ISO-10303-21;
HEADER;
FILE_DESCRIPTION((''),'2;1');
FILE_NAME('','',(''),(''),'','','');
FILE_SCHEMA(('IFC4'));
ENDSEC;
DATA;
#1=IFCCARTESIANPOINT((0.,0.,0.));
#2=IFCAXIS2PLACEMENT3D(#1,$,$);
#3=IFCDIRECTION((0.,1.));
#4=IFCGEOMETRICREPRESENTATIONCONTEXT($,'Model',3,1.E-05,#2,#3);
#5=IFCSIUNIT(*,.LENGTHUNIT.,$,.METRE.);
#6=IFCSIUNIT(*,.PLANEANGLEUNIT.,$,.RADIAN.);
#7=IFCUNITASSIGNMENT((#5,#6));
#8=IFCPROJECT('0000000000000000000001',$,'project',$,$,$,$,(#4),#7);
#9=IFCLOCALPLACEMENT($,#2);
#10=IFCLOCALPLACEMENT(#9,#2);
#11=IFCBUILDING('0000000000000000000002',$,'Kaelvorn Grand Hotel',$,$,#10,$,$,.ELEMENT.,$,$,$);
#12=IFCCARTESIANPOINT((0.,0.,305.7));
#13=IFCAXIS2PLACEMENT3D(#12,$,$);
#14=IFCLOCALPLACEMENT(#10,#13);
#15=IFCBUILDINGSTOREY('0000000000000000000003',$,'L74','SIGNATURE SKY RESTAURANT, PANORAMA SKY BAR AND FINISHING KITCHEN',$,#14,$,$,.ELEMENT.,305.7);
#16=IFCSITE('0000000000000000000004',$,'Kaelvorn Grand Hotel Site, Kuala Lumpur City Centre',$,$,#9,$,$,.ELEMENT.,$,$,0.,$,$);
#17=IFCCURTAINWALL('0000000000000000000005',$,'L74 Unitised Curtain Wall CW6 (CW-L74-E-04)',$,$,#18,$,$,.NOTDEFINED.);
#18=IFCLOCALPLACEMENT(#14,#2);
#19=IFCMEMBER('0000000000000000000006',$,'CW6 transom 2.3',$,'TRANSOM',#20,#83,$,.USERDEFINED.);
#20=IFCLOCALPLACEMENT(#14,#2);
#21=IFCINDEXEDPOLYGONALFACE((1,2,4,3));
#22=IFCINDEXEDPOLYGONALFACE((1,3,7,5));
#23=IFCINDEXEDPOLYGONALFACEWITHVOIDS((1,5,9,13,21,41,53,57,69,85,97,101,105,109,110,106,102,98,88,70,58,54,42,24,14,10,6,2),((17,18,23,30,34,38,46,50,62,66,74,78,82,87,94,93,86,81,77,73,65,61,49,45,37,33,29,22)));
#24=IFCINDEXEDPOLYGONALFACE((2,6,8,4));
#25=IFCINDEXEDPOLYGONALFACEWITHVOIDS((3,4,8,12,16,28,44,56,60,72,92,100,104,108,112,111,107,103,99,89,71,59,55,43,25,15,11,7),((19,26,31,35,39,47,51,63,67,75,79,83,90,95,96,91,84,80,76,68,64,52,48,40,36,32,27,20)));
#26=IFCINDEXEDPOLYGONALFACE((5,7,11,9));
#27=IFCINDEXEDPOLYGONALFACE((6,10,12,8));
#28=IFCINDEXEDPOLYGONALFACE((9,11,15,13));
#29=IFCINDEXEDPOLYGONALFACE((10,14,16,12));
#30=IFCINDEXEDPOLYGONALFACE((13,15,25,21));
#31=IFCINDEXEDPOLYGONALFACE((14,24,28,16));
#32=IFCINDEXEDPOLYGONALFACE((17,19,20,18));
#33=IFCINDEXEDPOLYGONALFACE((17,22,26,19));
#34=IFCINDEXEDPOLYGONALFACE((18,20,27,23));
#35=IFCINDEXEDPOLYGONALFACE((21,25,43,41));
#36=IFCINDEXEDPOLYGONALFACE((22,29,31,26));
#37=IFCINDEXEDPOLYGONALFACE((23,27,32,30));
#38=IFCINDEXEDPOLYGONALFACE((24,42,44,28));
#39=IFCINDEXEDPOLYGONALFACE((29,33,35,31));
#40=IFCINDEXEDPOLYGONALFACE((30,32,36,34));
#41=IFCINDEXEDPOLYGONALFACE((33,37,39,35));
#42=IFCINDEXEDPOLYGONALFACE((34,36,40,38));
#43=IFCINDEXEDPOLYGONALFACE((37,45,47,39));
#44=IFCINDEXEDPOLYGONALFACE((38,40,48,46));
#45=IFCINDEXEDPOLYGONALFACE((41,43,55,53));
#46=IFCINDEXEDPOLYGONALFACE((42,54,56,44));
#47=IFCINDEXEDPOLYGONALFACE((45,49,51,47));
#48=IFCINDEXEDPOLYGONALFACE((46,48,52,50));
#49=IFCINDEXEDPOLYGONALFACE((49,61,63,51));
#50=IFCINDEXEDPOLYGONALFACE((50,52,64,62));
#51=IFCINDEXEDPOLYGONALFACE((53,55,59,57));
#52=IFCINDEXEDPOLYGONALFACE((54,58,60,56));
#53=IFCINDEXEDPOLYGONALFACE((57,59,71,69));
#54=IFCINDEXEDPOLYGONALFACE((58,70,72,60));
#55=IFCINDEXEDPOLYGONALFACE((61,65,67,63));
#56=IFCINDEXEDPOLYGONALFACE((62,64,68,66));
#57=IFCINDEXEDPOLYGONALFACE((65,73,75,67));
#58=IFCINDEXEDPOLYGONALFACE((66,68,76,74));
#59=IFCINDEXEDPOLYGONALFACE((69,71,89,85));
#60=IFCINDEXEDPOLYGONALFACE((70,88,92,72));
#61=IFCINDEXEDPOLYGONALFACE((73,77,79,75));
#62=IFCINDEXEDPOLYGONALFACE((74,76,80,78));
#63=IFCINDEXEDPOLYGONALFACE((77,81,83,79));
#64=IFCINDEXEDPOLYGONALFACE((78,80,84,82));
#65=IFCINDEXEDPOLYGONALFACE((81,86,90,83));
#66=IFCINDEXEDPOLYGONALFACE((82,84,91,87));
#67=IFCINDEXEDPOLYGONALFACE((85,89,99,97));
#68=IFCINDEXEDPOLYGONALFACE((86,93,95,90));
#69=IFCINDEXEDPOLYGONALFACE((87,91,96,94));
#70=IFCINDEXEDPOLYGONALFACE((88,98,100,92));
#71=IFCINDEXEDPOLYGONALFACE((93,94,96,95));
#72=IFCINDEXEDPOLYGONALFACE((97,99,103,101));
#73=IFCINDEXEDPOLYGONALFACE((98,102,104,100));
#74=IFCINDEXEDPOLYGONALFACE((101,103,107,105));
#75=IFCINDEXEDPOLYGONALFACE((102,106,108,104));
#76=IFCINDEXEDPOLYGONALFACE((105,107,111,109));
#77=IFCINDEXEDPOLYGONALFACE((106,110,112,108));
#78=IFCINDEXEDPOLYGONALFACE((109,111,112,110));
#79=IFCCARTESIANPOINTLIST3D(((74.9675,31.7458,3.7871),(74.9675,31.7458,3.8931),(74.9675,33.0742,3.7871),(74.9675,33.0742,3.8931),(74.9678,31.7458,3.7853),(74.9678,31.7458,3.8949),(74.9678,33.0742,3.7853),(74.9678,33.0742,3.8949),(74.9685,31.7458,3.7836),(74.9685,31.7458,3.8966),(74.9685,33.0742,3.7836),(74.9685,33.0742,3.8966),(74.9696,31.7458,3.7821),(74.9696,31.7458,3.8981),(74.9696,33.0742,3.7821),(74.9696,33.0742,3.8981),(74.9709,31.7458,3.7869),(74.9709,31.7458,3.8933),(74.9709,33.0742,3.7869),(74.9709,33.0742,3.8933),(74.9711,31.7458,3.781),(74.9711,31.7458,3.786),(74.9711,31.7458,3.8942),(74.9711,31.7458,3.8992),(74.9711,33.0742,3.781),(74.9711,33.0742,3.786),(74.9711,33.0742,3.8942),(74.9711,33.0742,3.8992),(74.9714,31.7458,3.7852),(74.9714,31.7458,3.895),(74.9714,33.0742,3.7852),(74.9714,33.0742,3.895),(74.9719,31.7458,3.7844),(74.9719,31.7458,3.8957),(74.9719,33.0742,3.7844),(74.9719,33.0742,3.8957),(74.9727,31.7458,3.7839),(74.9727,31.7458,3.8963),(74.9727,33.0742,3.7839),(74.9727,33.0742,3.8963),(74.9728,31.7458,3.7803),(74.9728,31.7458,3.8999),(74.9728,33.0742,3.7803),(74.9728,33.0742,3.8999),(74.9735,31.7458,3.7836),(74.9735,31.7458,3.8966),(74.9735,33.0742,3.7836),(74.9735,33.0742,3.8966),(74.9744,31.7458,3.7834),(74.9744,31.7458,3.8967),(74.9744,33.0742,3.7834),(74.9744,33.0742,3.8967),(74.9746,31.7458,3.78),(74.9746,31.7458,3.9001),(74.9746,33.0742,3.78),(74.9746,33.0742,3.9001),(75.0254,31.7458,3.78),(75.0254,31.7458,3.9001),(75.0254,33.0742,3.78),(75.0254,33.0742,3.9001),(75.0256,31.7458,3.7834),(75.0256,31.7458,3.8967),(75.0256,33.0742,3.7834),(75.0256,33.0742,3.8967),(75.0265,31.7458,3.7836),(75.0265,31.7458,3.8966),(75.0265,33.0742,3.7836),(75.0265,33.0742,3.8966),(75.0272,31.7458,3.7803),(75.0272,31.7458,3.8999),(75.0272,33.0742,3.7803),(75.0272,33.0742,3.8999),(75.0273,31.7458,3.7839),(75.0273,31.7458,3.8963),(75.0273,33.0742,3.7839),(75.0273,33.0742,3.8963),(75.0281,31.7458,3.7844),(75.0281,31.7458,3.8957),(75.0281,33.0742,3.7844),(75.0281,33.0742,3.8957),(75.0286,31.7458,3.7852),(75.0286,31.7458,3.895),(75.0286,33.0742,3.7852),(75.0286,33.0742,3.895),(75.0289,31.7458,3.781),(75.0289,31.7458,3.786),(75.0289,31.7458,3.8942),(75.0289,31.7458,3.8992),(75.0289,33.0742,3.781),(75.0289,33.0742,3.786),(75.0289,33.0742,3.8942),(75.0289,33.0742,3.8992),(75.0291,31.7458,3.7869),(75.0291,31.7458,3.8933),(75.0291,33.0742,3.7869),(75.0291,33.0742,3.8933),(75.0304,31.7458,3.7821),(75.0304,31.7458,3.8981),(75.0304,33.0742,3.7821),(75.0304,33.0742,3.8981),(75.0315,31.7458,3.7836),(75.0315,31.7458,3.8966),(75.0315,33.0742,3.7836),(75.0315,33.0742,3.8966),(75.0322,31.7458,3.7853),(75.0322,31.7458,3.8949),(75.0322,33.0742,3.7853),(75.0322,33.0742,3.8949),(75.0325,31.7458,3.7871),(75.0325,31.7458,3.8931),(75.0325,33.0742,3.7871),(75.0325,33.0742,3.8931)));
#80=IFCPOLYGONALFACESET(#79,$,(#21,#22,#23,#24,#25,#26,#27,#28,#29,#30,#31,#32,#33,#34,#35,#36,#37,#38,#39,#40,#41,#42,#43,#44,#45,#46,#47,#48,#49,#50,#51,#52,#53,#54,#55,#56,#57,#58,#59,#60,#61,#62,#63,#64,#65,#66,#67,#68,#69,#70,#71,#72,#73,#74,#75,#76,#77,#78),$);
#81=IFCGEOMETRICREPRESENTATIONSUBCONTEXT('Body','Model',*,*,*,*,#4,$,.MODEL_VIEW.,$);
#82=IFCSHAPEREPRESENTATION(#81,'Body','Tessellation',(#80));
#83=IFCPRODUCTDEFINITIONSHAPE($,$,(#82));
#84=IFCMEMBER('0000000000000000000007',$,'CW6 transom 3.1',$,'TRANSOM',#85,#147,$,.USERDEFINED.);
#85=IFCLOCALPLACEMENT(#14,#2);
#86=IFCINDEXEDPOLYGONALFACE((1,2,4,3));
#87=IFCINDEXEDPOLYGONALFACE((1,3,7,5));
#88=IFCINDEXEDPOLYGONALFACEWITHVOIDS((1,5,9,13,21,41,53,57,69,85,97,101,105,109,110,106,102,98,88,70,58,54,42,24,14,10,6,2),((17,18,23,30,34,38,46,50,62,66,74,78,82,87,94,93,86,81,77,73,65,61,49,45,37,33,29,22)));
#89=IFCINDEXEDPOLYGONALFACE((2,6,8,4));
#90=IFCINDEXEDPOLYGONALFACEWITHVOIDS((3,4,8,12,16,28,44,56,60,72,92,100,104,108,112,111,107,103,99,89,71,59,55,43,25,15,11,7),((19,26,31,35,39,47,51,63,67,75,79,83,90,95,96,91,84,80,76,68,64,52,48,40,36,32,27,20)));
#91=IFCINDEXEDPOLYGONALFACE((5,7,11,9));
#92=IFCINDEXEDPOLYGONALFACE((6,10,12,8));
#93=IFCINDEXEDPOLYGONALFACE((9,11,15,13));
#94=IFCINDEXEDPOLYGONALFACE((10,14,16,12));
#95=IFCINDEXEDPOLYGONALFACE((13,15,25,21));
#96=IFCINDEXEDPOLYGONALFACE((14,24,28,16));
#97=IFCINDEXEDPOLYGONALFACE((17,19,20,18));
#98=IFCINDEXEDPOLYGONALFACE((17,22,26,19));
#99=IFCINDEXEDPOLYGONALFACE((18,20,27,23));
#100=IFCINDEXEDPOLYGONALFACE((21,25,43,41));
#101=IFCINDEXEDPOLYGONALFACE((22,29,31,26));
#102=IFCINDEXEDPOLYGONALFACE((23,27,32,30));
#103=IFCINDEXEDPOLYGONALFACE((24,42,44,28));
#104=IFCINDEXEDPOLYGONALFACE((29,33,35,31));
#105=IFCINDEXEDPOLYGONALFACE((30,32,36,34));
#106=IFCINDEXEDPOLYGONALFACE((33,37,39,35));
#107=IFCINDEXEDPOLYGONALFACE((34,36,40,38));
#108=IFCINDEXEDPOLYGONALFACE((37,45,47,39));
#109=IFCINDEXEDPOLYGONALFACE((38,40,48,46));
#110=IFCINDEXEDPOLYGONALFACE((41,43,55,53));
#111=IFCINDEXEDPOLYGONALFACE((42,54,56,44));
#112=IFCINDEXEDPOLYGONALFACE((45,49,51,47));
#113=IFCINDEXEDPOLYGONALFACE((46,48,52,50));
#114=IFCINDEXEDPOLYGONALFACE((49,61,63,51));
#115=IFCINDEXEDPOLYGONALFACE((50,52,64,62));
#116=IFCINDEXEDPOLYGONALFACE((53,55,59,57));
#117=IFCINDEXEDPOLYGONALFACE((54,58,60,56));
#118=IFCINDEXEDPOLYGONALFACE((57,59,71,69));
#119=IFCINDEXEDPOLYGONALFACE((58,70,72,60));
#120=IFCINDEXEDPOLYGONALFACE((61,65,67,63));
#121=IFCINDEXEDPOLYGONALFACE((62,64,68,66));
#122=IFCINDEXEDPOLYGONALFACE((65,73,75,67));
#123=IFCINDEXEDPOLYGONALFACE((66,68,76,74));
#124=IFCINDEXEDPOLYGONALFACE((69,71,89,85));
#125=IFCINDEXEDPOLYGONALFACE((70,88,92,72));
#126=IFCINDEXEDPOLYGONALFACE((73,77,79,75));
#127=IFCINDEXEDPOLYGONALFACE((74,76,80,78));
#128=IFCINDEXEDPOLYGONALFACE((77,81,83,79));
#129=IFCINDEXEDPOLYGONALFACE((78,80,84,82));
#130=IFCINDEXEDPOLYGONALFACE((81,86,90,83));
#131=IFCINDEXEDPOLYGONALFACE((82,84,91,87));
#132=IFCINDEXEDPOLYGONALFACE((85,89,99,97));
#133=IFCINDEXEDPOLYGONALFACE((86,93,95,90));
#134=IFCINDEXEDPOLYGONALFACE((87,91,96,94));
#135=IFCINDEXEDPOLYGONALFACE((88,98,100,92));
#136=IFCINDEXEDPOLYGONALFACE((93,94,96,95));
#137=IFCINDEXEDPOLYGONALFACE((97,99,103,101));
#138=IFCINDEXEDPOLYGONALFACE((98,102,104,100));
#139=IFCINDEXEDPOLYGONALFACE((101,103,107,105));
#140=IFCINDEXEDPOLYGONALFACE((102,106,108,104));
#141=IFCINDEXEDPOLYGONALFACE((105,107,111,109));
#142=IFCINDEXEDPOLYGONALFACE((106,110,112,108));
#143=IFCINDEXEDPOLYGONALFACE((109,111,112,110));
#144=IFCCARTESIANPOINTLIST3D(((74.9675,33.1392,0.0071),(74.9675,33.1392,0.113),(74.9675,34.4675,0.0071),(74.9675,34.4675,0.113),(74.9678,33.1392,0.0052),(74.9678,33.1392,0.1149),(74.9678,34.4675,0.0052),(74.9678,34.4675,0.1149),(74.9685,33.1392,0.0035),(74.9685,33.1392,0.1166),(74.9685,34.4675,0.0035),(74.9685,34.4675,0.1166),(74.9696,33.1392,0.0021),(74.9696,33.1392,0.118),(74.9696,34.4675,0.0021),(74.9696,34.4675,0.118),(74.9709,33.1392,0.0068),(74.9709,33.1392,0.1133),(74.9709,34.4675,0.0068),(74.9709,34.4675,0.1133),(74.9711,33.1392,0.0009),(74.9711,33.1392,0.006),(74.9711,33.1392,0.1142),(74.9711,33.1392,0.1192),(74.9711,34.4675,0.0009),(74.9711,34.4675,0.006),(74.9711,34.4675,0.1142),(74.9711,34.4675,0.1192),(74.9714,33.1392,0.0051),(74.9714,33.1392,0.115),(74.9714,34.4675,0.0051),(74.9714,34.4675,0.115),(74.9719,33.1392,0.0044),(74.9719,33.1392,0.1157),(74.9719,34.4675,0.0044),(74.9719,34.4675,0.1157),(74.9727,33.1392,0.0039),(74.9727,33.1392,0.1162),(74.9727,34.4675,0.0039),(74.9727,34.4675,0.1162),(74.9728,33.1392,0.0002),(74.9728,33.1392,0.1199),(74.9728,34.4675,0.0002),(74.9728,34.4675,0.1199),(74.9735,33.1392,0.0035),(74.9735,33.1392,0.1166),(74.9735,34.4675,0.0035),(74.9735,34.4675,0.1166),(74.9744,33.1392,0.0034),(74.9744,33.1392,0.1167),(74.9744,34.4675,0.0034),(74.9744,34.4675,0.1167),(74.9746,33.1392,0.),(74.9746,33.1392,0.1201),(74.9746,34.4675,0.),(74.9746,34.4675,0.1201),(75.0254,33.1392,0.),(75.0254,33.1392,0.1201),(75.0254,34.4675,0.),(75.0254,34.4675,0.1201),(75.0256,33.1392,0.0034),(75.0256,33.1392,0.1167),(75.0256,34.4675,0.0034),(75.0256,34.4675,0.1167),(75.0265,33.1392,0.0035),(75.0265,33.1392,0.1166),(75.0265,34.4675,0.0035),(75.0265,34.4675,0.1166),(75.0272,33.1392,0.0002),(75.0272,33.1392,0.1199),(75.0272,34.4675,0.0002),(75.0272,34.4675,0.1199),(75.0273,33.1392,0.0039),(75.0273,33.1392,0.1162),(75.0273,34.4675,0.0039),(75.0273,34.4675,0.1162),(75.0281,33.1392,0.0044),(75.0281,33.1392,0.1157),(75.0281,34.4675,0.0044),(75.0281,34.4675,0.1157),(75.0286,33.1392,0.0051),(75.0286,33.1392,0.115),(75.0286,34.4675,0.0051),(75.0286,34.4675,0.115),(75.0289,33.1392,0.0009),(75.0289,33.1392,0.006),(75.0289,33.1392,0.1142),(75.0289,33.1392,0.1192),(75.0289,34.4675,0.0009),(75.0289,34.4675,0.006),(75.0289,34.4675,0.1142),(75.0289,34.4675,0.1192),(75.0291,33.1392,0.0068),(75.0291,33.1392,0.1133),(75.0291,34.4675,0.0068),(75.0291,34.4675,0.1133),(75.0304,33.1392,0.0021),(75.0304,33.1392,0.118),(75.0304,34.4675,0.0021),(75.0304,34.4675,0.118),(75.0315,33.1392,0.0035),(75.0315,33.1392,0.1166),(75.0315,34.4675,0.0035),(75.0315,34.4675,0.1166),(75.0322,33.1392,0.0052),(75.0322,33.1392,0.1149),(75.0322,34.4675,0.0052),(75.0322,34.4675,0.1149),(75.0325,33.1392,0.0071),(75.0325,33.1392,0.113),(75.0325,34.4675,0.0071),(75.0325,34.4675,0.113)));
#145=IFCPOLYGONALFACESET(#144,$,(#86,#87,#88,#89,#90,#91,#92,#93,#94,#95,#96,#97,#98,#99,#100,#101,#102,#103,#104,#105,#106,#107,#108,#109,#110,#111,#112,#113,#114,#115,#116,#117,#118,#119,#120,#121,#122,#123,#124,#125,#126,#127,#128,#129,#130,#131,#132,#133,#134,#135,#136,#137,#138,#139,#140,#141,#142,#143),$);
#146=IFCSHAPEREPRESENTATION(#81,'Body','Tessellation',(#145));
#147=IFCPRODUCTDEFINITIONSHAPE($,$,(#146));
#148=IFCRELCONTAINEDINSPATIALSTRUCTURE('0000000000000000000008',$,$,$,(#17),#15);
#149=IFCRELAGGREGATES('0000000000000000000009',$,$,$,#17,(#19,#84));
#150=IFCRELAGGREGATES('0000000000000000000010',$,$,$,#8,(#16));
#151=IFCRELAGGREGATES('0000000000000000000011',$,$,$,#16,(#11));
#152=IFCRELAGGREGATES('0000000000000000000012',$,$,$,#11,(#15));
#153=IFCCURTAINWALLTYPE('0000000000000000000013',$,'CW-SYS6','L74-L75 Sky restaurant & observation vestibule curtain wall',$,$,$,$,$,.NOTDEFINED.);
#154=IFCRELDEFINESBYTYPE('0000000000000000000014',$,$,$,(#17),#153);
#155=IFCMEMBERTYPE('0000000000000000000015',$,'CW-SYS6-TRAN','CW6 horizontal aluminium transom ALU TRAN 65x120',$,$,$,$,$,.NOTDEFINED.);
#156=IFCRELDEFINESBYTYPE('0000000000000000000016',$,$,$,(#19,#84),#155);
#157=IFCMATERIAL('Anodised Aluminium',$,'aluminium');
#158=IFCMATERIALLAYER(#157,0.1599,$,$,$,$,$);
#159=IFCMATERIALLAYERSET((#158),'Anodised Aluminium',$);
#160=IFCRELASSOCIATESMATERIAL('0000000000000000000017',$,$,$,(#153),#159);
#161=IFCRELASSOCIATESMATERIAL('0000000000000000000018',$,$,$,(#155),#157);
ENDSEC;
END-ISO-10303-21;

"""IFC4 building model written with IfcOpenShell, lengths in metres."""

from ifc_helpers import new_model, si_unit, direction, frame, origin, origin_2d, place, context, subcontext, project, spatial, hollow_rectangle, extrude, material, layer, layer_set, material_profile, profile_set, type_object, element, aggregate, save


model = new_model("IFC4")

# Units and contexts
model_context = context("Model", 3, precision=1e-05, world=origin(), true_north=direction((0.0, 1.0)))
body_context = subcontext(model_context, "Body", "Model", "MODEL_VIEW")
ifc_project = project(units=[si_unit("LENGTHUNIT", "METRE"), si_unit("PLANEANGLEUNIT", "RADIAN")], contexts=[model_context])

# Site, building, storey
site_placement = place(None, origin())
site = spatial("IfcSite", under=ifc_project, at=site_placement, Name="Kaelvorn Grand Hotel Site, Kuala Lumpur City Centre", CompositionType="ELEMENT", RefElevation=0.0)
building_placement = place(site_placement, origin())
building = spatial("IfcBuilding", under=site, at=building_placement, Name="Kaelvorn Grand Hotel", CompositionType="ELEMENT")
storey_placement = place(building_placement, frame((0.0, 0.0, 305.7)))
storey = spatial("IfcBuildingStorey", under=building, at=storey_placement, Name="L74", Description="SIGNATURE SKY RESTAURANT, PANORAMA SKY BAR AND FINISHING KITCHEN", CompositionType="ELEMENT", Elevation=305.7)

# Curtain wall, members
ifc_material_1 = material(Name="Anodised Aluminium", Category="aluminium")
ifc_layer_1 = layer(ifc_material_1, 0.1599)
ifc_layer_set_1 = layer_set([ifc_layer_1], Name="Anodised Aluminium")
curtain_wall_type = type_object("IfcCurtainWallType", Name="CW-SYS6", Description="L74-L75 Sky restaurant & observation vestibule curtain wall", PredefinedType="NOTDEFINED", material=ifc_layer_set_1)
curtain_wall_placement = place(storey_placement, origin())
curtain_wall = element("IfcCurtainWall", 1, at=curtain_wall_placement, inside=storey, type_object=curtain_wall_type, Name="L74 Unitised Curtain Wall CW6 (CW-L74-E-04)", PredefinedType="NOTDEFINED")
ifc_material_profile_1 = material_profile(ifc_material_1, hollow_rectangle(XDim=0.0649, YDim=0.1201, WallThickness=0.0034, InnerFilletRadius=0.0034, OuterFilletRadius=0.0071, at=origin_2d()), Name="ALU TRAN 65x120")
ifc_profile_set_1 = profile_set([ifc_material_profile_1], Name="Anodised Aluminium")
member_type_1 = type_object("IfcMemberType", Name="CW-SYS6-TRAN", Description="CW6 horizontal aluminium transom ALU TRAN 65x120", PredefinedType="NOTDEFINED", material=ifc_profile_set_1)
member_1_placement = place(storey_placement, frame((75.0, 31.7458, 3.8401), z_axis=(0.0, 1.0, 0.0), x_axis=(-1.0, 0.0, 0.0)))
member_1 = element("IfcMember", 2, at=member_1_placement, type_object=member_type_1, Name="CW6 transom 2.3", ObjectType="TRANSOM", PredefinedType="USERDEFINED", context=body_context, shape_type="SweptSolid", body=[
    extrude(hollow_rectangle(XDim=0.0649, YDim=0.1201, WallThickness=0.0034, InnerFilletRadius=0.0034, OuterFilletRadius=0.0071, at=origin_2d()), origin(), (0.0, 0.0, 1.0), 1.3284),
])
member_2_placement = place(storey_placement, frame((75.0, 33.1392, 0.0601), z_axis=(0.0, 1.0, 0.0), x_axis=(-1.0, 0.0, 0.0)))
member_2 = element("IfcMember", 3, at=member_2_placement, type_object=member_type_1, Name="CW6 transom 3.1", ObjectType="TRANSOM", PredefinedType="USERDEFINED", context=body_context, shape_type="SweptSolid", body=[
    extrude(hollow_rectangle(XDim=0.0649, YDim=0.1201, WallThickness=0.0034, InnerFilletRadius=0.0034, OuterFilletRadius=0.0071, at=origin_2d()), origin(), (0.0, 0.0, 1.0), 1.3284),
])
aggregate(curtain_wall, [member_1, member_2])

save(model, "model.ifc")
